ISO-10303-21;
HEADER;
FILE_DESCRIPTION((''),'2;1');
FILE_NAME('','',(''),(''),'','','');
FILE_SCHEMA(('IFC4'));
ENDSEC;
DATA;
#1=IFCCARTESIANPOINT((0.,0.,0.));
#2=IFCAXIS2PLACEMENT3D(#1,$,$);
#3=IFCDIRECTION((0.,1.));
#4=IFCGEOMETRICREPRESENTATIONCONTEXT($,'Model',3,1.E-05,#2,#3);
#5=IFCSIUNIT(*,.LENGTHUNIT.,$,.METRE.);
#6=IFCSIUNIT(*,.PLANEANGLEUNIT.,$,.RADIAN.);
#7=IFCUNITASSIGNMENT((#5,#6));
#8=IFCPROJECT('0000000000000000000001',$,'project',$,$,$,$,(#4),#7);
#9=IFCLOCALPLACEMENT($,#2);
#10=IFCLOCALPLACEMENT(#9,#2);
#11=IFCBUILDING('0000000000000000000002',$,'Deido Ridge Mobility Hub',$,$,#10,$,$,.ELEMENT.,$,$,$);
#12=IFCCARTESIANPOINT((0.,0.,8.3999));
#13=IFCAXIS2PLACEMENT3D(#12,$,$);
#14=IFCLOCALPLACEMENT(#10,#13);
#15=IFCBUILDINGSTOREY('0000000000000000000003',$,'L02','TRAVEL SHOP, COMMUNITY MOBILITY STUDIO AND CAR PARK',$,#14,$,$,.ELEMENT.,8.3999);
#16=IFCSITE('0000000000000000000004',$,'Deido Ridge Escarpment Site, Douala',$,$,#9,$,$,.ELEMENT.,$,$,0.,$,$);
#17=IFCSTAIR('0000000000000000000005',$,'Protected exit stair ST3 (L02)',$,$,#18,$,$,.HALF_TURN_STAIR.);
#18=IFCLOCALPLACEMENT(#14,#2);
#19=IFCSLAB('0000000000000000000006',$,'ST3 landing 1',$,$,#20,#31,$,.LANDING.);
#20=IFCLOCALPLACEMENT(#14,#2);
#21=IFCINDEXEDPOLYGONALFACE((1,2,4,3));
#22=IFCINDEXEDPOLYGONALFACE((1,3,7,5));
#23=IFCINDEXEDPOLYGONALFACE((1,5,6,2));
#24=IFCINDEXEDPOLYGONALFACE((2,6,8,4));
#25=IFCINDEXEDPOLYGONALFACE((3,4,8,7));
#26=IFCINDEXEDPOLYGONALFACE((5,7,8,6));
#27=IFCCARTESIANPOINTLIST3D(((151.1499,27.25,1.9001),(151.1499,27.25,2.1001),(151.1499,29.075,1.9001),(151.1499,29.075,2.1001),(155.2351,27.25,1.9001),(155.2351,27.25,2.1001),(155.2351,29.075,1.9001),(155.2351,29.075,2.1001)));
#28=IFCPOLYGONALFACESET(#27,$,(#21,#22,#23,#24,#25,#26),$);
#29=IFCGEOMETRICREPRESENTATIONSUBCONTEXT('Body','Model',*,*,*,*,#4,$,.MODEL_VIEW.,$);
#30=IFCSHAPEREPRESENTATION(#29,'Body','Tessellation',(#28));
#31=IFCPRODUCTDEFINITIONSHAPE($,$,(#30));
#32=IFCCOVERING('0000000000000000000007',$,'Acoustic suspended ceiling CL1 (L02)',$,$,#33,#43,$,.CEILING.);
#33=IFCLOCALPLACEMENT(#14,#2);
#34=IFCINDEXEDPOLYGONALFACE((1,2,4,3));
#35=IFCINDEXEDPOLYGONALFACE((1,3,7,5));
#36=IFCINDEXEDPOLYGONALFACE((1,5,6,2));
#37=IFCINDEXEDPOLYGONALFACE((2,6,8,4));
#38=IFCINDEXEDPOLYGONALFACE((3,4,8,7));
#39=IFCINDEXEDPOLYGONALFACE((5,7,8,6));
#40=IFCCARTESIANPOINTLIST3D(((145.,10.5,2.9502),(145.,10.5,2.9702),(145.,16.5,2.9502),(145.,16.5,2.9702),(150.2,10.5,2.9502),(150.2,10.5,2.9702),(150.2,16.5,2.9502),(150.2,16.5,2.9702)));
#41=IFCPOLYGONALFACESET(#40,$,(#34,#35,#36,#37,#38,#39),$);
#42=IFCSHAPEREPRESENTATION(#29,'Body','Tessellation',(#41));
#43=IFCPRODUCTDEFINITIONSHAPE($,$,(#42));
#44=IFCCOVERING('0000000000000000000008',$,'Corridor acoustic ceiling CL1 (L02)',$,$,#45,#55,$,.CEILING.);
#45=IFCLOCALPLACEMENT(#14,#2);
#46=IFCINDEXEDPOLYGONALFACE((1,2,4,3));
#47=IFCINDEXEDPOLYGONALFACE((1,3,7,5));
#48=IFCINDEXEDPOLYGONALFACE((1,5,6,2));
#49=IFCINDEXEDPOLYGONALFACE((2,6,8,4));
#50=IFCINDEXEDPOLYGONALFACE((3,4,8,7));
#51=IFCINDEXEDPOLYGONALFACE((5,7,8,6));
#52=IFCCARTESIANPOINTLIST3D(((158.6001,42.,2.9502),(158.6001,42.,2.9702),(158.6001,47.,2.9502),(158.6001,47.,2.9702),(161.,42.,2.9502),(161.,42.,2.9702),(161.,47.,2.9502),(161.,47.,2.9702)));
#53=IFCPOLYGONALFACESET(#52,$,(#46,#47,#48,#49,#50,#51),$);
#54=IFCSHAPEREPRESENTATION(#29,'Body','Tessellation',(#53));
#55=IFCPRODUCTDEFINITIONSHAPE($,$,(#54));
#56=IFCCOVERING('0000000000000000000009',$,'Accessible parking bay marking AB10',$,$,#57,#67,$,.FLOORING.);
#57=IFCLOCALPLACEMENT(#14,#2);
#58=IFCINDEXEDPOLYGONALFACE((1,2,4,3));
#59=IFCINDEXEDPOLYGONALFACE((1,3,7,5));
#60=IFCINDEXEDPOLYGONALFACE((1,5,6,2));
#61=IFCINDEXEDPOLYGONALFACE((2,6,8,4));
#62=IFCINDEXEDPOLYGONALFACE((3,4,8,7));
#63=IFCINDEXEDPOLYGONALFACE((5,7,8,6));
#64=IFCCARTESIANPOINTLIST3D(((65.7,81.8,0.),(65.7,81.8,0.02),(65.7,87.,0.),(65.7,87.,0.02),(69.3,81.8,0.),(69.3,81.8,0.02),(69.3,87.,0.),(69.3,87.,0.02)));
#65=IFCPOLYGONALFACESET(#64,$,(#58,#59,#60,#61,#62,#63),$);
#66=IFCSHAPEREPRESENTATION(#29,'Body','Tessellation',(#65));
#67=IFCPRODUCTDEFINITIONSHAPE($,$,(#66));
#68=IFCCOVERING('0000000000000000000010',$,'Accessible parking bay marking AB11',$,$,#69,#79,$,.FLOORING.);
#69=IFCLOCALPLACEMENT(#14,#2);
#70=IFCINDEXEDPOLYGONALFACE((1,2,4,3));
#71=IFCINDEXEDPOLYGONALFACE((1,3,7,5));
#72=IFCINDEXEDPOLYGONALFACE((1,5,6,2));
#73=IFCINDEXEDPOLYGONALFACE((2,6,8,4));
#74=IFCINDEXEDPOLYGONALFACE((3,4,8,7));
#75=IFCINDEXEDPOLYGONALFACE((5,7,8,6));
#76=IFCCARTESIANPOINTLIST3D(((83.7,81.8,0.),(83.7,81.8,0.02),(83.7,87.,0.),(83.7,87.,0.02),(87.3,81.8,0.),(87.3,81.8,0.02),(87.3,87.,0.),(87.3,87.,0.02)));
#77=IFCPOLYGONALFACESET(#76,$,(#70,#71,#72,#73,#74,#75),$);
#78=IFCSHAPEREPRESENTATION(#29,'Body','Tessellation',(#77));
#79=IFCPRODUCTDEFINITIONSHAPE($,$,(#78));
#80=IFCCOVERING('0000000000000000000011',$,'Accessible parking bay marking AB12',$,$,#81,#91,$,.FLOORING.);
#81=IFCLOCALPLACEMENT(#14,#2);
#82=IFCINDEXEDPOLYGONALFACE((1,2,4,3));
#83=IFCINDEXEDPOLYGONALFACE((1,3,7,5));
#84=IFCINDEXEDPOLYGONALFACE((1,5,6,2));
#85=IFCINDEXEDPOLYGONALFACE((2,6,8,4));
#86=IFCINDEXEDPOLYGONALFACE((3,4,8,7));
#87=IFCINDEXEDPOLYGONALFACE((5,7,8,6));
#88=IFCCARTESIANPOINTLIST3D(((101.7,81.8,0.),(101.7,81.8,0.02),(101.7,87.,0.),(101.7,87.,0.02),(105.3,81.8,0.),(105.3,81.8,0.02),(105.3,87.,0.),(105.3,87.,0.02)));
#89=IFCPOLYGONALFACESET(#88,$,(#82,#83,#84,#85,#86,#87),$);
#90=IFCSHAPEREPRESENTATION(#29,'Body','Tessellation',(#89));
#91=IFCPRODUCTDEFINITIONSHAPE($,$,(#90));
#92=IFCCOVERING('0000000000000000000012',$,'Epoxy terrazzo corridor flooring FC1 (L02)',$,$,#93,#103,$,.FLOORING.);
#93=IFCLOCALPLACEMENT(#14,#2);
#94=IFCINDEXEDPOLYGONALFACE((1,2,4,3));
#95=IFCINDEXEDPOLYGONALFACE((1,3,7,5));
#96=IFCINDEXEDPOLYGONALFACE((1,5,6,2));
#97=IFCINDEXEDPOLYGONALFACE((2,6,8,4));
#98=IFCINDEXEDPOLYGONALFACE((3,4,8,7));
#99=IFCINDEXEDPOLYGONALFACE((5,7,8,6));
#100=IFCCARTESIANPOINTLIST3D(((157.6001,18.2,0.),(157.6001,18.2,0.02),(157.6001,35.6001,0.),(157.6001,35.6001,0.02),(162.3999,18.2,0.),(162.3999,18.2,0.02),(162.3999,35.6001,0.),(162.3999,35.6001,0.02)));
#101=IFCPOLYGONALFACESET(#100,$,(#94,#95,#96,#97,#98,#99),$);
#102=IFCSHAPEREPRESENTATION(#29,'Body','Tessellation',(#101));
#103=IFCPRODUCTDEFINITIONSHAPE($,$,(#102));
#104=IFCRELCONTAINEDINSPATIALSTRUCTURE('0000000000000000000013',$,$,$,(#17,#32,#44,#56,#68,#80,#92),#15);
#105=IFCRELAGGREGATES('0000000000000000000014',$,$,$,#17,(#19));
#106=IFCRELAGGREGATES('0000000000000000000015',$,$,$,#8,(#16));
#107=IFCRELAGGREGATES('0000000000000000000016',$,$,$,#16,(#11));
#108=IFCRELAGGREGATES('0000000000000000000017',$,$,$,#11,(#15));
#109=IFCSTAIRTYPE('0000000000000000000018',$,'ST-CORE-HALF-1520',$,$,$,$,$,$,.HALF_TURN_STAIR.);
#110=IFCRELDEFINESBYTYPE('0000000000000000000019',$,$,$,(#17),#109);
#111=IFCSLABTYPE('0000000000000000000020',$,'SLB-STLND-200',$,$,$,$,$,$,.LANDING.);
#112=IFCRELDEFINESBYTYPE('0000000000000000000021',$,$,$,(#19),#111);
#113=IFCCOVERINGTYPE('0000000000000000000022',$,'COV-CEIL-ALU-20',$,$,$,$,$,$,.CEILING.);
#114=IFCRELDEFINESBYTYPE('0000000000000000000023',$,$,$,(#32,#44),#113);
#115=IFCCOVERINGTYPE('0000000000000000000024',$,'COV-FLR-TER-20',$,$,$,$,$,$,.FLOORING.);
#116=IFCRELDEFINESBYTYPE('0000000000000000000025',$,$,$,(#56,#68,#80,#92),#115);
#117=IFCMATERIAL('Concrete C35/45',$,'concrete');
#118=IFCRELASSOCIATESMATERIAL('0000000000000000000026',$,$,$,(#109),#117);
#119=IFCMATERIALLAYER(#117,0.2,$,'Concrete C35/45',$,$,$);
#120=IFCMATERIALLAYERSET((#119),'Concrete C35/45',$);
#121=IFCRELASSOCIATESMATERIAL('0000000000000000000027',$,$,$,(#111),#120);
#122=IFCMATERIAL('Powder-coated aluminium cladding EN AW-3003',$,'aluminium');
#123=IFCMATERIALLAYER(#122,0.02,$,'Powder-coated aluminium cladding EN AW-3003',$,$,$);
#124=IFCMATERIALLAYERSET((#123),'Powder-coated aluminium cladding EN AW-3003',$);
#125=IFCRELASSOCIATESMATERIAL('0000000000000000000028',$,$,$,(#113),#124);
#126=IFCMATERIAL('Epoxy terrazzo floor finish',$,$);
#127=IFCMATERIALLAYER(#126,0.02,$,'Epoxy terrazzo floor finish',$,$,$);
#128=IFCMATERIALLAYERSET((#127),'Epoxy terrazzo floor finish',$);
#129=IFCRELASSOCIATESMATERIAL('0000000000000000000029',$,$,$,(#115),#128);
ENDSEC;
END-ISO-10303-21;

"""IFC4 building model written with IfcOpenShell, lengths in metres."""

from ifc_helpers import new_model, si_unit, direction, frame, origin, place, context, subcontext, project, spatial, polyline, outline, extrude, material, layer, layer_set, type_object, element, aggregate, save


model = new_model("IFC4")

# Units and contexts
model_context = context("Model", 3, precision=1e-05, world=origin(), true_north=direction((0.0, 1.0)))
body_context = subcontext(model_context, "Body", "Model", "MODEL_VIEW")
ifc_project = project(units=[si_unit("LENGTHUNIT", "METRE"), si_unit("PLANEANGLEUNIT", "RADIAN")], contexts=[model_context])

# Site, building, storey
site_placement = place(None, origin())
site = spatial("IfcSite", under=ifc_project, at=site_placement, Name="Deido Ridge Escarpment Site, Douala", CompositionType="ELEMENT", RefElevation=0.0)
building_placement = place(site_placement, origin())
building = spatial("IfcBuilding", under=site, at=building_placement, Name="Deido Ridge Mobility Hub", CompositionType="ELEMENT")
storey_placement = place(building_placement, frame((0.0, 0.0, 8.3999)))
storey = spatial("IfcBuildingStorey", under=building, at=storey_placement, Name="L02", Description="TRAVEL SHOP, COMMUNITY MOBILITY STUDIO AND CAR PARK", CompositionType="ELEMENT", Elevation=8.3999)

# Shared definitions
ifc_material_1 = material(Name="Concrete C35/45", Category="concrete")

# Stair, slab
stair_type_1 = type_object("IfcStairType", Name="ST-CORE-HALF-1520", PredefinedType="HALF_TURN_STAIR", material=ifc_material_1)
ifc_layer_1 = layer(ifc_material_1, 0.2, Name="Concrete C35/45")
ifc_layer_set_1 = layer_set([ifc_layer_1], Name="Concrete C35/45")
slab_type_1 = type_object("IfcSlabType", Name="SLB-STLND-200", PredefinedType="LANDING", material=ifc_layer_set_1)
stair_1_placement = place(storey_placement, origin())
stair_1 = element("IfcStair", 1, at=stair_1_placement, inside=storey, type_object=stair_type_1, Name="Protected exit stair ST3 (L02)", PredefinedType="HALF_TURN_STAIR")
slab_1_placement = place(storey_placement, frame((0.0, 0.0, 1.9001)))
slab_1 = element("IfcSlab", 2, at=slab_1_placement, type_object=slab_type_1, Name="ST3 landing 1", PredefinedType="LANDING", context=body_context, shape_type="SweptSolid", body=[
    extrude(outline(polyline([(151.1499, 27.25), (155.2351, 27.25), (155.2351, 29.075), (151.1499, 29.075), (151.1499, 27.25)])), origin(), (0.0, 0.0, 1.0), 0.2),
])
aggregate(stair_1, [slab_1])

# Coverings
ifc_material_2 = material(Name="Powder-coated aluminium cladding EN AW-3003", Category="aluminium")
ifc_layer_2 = layer(ifc_material_2, 0.02, Name="Powder-coated aluminium cladding EN AW-3003")
ifc_layer_set_2 = layer_set([ifc_layer_2], Name="Powder-coated aluminium cladding EN AW-3003")
covering_type_1 = type_object("IfcCoveringType", Name="COV-CEIL-ALU-20", PredefinedType="CEILING", material=ifc_layer_set_2)
covering_1_placement = place(storey_placement, frame((0.0, 0.0, 2.9502)))
element("IfcCovering", 3, at=covering_1_placement, inside=storey, type_object=covering_type_1, Name="Acoustic suspended ceiling CL1 (L02)", PredefinedType="CEILING", context=body_context, shape_type="SweptSolid", body=[
    extrude(outline(polyline([(145.0, 10.5), (150.2, 10.5), (150.2, 16.5), (145.0, 16.5), (145.0, 10.5)])), origin(), (0.0, 0.0, 1.0), 0.02),
])
covering_2_placement = place(storey_placement, frame((0.0, 0.0, 2.9502)))
element("IfcCovering", 4, at=covering_2_placement, inside=storey, type_object=covering_type_1, Name="Corridor acoustic ceiling CL1 (L02)", PredefinedType="CEILING", context=body_context, shape_type="SweptSolid", body=[
    extrude(outline(polyline([(158.6001, 42.0), (161.0, 42.0), (161.0, 47.0), (158.6001, 47.0), (158.6001, 42.0)])), origin(), (0.0, 0.0, 1.0), 0.02),
])
ifc_material_3 = material(Name="Epoxy terrazzo floor finish")
ifc_layer_3 = layer(ifc_material_3, 0.02, Name="Epoxy terrazzo floor finish")
ifc_layer_set_3 = layer_set([ifc_layer_3], Name="Epoxy terrazzo floor finish")
covering_type_2 = type_object("IfcCoveringType", Name="COV-FLR-TER-20", PredefinedType="FLOORING", material=ifc_layer_set_3)
covering_3_placement = place(storey_placement, origin())
element("IfcCovering", 5, at=covering_3_placement, inside=storey, type_object=covering_type_2, Name="Accessible parking bay marking AB10", PredefinedType="FLOORING", context=body_context, shape_type="SweptSolid", body=[
    extrude(outline(polyline([(65.7, 81.8), (69.3, 81.8), (69.3, 87.0), (65.7, 87.0), (65.7, 81.8)])), origin(), (0.0, 0.0, 1.0), 0.02),
])
covering_4_placement = place(storey_placement, origin())
element("IfcCovering", 6, at=covering_4_placement, inside=storey, type_object=covering_type_2, Name="Accessible parking bay marking AB11", PredefinedType="FLOORING", context=body_context, shape_type="SweptSolid", body=[
    extrude(outline(polyline([(83.7, 81.8), (87.3, 81.8), (87.3, 87.0), (83.7, 87.0), (83.7, 81.8)])), origin(), (0.0, 0.0, 1.0), 0.02),
])
covering_5_placement = place(storey_placement, origin())
element("IfcCovering", 7, at=covering_5_placement, inside=storey, type_object=covering_type_2, Name="Accessible parking bay marking AB12", PredefinedType="FLOORING", context=body_context, shape_type="SweptSolid", body=[
    extrude(outline(polyline([(101.7, 81.8), (105.3, 81.8), (105.3, 87.0), (101.7, 87.0), (101.7, 81.8)])), origin(), (0.0, 0.0, 1.0), 0.02),
])
covering_6_placement = place(storey_placement, origin())
element("IfcCovering", 8, at=covering_6_placement, inside=storey, type_object=covering_type_2, Name="Epoxy terrazzo corridor flooring FC1 (L02)", PredefinedType="FLOORING", context=body_context, shape_type="SweptSolid", body=[
    extrude(outline(polyline([(157.6001, 18.2), (162.3999, 18.2), (162.3999, 35.6001), (157.6001, 35.6001), (157.6001, 18.2)])), origin(), (0.0, 0.0, 1.0), 0.02),
])

save(model, "model.ifc")
